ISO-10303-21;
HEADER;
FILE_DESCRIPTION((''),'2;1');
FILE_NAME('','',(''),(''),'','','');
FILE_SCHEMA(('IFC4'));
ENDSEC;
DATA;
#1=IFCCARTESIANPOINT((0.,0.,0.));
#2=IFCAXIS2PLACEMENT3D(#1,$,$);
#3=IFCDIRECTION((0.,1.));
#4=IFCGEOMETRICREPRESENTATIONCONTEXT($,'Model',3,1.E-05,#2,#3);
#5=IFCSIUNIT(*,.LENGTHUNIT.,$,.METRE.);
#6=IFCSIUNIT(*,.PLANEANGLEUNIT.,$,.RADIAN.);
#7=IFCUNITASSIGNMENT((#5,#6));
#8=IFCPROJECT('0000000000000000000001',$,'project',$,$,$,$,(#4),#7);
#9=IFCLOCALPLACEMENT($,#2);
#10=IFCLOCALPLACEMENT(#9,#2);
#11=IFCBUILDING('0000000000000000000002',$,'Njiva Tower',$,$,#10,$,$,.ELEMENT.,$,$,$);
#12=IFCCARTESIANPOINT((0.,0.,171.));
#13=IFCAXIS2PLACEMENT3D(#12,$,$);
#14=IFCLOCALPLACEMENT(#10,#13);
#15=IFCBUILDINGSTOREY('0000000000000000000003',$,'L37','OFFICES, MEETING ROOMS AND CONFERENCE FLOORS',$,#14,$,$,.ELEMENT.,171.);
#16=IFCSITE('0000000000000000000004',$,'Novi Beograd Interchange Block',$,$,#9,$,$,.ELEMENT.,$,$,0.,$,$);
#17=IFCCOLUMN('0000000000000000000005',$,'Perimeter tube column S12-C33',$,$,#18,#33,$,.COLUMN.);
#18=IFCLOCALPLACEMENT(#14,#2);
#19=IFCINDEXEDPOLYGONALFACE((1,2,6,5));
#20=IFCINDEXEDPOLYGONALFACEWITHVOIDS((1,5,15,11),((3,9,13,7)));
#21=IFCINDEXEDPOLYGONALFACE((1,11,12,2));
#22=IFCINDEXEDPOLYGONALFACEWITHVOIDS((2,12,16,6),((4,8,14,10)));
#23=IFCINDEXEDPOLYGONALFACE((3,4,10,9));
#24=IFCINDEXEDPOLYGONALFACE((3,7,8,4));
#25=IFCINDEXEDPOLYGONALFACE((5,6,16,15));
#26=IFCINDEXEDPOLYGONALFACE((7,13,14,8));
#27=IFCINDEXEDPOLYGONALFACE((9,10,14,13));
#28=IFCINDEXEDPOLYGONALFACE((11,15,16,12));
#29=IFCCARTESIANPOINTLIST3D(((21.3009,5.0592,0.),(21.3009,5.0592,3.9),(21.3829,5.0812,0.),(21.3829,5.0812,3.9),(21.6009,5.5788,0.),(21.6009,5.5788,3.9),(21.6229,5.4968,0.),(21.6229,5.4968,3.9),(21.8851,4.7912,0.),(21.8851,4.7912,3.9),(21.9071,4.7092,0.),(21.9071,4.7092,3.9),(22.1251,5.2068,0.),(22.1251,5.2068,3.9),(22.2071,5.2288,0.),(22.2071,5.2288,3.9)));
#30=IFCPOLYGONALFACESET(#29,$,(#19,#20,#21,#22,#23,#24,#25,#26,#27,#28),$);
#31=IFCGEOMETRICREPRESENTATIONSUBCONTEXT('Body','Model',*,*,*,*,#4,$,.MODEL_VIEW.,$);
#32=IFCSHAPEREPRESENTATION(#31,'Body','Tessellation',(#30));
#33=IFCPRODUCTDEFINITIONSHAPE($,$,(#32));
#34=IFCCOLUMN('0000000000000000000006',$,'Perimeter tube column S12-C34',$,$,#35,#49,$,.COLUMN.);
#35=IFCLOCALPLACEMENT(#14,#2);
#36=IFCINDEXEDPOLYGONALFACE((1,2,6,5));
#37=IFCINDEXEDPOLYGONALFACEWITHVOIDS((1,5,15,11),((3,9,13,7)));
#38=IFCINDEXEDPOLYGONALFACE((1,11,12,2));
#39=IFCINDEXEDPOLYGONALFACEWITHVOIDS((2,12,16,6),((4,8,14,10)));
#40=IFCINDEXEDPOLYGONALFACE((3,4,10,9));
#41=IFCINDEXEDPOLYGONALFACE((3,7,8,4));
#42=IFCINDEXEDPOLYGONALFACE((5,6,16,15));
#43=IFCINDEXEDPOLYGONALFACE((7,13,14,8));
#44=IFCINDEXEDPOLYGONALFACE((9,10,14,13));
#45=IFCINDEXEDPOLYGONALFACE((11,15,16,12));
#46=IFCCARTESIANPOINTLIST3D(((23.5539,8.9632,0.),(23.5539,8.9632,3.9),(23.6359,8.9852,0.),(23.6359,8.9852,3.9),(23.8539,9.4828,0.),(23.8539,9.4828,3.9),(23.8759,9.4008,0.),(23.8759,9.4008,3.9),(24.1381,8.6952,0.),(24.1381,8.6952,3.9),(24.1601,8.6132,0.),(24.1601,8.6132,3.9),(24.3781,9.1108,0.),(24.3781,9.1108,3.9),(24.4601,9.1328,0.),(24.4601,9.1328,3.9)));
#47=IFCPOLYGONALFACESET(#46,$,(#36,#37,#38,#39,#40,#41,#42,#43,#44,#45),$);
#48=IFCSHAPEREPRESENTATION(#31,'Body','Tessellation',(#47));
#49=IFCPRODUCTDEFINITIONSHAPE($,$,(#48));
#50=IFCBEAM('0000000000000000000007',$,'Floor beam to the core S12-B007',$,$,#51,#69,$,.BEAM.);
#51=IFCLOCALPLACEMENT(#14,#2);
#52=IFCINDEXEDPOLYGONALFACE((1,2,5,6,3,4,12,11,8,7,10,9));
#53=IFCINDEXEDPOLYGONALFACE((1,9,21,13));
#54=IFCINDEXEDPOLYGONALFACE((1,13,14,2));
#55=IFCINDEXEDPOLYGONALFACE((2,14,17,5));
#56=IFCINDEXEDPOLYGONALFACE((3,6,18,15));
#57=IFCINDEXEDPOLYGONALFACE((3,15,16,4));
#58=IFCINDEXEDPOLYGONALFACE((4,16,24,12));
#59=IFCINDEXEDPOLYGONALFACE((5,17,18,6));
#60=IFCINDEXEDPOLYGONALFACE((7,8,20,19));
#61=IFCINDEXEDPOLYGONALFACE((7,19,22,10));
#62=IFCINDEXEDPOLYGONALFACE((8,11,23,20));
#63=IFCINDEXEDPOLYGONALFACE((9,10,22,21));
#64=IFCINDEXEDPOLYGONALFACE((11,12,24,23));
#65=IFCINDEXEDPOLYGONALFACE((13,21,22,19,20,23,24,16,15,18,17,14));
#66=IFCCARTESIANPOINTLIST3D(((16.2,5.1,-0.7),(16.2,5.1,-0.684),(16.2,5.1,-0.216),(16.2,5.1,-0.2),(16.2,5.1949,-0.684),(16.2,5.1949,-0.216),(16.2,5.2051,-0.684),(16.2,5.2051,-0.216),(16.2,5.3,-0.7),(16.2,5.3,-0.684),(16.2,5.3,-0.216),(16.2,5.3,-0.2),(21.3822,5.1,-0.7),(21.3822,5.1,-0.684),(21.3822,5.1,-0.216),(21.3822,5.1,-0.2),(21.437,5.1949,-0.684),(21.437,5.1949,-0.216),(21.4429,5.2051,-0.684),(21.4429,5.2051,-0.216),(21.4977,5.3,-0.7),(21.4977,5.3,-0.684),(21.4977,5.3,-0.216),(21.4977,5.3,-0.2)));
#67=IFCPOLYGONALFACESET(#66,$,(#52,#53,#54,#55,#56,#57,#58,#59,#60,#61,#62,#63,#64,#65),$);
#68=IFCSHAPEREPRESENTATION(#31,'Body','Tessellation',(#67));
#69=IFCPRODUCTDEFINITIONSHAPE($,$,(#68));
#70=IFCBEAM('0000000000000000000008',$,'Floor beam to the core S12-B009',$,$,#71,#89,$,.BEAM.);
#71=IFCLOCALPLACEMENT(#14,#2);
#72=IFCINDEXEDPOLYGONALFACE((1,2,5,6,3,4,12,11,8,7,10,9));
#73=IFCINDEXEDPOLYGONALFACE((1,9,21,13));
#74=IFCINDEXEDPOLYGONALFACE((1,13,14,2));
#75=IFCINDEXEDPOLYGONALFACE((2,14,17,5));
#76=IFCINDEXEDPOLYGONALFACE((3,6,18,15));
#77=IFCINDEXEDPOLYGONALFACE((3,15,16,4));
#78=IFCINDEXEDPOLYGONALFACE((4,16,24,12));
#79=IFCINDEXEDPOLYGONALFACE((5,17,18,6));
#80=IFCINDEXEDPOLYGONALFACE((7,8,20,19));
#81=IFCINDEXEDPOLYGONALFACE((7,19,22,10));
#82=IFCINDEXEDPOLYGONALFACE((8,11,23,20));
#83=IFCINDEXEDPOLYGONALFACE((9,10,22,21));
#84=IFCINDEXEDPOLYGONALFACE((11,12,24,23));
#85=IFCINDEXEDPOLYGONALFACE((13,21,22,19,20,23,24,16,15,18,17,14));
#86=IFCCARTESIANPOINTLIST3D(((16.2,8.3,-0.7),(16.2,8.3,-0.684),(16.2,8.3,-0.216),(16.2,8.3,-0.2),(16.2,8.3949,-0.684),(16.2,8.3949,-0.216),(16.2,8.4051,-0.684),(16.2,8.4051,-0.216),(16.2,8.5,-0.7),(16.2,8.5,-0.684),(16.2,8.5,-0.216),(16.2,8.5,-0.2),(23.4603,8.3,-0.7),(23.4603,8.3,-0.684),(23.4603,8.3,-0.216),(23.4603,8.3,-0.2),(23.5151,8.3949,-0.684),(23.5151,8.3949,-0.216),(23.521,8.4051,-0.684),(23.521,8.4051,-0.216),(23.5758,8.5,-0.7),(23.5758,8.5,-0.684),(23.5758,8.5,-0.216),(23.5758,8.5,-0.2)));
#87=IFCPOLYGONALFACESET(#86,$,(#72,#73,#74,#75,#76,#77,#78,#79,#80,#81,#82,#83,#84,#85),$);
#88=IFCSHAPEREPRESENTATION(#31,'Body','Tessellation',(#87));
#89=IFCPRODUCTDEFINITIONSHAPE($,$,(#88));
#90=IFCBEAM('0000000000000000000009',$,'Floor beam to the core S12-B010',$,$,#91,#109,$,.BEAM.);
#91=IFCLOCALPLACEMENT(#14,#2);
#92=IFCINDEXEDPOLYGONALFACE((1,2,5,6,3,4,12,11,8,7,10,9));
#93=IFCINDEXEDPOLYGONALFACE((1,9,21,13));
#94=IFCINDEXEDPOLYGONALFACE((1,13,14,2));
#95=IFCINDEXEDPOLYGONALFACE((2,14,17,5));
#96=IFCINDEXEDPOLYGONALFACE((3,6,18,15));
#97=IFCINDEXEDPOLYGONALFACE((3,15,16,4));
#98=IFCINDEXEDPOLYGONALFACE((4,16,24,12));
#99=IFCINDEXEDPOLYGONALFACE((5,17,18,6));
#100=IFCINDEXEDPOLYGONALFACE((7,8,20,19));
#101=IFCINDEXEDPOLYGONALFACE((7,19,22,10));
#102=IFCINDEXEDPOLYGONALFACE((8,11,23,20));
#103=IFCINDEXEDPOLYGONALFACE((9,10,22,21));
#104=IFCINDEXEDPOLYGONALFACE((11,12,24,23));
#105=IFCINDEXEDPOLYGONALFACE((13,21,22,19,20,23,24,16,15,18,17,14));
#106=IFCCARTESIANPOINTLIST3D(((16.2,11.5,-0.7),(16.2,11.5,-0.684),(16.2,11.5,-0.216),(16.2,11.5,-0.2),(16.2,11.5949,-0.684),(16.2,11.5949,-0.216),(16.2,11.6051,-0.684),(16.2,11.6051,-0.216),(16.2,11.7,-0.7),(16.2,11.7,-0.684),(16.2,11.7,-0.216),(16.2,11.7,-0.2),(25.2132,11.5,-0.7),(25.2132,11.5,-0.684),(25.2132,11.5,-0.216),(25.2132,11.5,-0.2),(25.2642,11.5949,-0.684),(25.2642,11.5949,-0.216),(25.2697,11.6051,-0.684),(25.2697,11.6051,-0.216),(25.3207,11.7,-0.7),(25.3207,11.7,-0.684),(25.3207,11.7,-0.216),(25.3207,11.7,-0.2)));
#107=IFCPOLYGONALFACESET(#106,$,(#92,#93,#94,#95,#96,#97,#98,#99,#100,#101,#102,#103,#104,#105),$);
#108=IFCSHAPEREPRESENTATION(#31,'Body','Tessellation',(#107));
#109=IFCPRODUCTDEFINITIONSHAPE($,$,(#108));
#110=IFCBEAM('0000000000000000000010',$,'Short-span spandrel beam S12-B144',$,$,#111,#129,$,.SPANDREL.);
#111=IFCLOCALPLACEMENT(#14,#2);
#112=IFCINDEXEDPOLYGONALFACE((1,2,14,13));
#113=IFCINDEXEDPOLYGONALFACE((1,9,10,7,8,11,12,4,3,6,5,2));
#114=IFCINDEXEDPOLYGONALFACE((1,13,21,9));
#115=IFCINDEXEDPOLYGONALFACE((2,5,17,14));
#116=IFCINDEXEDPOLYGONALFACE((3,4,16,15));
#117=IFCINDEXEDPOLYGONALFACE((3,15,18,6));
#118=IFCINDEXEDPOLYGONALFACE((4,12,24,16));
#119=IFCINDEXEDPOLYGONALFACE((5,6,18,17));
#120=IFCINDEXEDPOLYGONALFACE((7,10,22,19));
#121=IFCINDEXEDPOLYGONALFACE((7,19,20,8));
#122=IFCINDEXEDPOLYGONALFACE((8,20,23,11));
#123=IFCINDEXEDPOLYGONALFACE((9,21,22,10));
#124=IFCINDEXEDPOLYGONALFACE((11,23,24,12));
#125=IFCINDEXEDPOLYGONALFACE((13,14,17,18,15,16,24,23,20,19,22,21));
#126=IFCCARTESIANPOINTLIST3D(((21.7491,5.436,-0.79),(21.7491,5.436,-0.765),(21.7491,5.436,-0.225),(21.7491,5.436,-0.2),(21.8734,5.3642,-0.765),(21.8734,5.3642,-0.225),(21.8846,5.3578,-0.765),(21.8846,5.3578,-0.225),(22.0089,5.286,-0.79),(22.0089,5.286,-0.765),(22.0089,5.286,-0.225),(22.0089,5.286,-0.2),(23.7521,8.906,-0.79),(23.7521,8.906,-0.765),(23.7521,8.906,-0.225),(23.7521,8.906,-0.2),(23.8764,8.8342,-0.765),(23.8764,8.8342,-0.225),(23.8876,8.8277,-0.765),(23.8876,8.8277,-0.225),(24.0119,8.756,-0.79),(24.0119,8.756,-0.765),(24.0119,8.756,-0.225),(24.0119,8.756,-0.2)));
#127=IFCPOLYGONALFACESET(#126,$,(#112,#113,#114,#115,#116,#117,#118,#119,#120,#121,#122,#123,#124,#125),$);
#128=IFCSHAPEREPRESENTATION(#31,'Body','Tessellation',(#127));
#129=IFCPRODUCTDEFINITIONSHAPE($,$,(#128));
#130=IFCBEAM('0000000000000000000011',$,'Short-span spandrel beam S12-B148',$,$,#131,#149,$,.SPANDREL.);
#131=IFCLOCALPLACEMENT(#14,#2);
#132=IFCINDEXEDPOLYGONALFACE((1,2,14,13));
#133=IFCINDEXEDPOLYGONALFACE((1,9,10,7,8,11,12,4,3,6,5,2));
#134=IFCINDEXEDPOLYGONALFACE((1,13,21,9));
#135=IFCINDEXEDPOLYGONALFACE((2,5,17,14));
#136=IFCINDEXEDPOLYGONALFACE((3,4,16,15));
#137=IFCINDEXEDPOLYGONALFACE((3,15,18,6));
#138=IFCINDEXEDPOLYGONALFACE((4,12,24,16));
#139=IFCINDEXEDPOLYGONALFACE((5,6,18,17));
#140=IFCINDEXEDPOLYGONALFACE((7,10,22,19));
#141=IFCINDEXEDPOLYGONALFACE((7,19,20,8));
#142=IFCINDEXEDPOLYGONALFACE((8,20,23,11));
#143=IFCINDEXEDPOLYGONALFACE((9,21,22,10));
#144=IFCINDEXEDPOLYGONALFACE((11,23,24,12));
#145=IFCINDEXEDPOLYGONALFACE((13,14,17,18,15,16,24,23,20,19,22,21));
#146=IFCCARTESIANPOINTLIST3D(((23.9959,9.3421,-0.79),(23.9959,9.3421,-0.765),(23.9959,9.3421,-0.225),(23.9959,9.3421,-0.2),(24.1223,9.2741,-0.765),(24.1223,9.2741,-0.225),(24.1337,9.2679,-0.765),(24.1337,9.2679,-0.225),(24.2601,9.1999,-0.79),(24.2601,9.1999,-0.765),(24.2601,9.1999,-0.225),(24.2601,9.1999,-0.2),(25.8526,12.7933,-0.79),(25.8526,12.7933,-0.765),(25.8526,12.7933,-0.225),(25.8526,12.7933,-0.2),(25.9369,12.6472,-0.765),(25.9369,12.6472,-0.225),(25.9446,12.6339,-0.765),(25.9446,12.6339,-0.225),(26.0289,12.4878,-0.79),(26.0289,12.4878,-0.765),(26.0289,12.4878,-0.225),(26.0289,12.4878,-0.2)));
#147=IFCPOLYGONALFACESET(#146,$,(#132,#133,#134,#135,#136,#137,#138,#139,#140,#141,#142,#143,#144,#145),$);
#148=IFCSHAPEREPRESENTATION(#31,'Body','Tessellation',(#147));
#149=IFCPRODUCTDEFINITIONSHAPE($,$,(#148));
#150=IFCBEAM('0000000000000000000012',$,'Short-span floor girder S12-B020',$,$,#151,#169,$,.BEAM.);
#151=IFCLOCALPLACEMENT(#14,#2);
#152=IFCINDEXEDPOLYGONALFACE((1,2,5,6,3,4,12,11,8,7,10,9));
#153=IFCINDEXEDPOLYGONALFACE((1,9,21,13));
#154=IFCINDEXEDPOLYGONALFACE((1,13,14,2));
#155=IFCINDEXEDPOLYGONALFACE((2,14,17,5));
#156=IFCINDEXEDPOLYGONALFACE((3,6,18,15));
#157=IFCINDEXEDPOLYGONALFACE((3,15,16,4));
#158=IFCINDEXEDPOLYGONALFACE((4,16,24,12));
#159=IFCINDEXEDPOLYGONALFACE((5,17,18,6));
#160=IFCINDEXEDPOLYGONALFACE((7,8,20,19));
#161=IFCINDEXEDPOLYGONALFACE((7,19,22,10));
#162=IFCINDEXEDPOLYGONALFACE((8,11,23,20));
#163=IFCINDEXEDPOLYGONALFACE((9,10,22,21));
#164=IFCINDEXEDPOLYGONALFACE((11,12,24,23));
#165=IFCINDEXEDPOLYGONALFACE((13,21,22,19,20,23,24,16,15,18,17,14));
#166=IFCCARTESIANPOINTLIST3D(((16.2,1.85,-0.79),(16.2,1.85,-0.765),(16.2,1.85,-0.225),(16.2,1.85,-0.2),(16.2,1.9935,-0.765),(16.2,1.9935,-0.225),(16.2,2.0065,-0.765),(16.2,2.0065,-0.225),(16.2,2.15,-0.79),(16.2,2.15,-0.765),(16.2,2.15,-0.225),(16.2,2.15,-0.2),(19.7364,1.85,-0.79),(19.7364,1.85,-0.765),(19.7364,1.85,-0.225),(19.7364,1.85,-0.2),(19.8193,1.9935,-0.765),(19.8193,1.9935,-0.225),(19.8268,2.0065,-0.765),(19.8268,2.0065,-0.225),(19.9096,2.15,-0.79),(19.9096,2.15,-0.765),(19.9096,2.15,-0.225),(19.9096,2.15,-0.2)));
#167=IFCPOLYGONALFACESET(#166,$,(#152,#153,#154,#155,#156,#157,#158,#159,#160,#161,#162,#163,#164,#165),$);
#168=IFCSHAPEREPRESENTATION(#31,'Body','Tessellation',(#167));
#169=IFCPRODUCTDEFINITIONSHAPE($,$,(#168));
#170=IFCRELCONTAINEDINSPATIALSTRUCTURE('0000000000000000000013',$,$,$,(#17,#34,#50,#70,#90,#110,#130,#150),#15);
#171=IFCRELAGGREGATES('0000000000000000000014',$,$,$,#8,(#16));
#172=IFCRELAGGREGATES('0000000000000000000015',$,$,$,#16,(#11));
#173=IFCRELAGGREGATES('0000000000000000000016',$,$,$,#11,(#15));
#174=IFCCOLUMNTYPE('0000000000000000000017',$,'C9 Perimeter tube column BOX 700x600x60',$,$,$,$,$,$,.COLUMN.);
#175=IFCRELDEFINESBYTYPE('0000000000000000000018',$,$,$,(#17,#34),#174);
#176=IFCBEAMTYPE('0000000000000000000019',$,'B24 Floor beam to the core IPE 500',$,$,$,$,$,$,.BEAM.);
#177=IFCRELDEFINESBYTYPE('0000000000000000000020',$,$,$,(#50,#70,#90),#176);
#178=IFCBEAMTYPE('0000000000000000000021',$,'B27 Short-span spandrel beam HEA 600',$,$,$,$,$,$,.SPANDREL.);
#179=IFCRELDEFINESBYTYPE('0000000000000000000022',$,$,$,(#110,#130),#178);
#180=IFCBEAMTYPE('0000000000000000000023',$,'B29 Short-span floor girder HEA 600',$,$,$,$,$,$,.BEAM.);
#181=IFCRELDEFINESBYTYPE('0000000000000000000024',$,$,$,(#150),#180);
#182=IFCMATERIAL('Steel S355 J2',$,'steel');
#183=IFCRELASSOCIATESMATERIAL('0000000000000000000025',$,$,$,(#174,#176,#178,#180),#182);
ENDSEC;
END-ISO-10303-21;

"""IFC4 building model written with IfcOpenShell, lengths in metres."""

from ifc_helpers import new_model, si_unit, direction, frame, origin, origin_2d, place, context, subcontext, project, spatial, hollow_rectangle, i_section, extrude, clip, halfspace, material, material_profile, profile_set, type_object, element, save


model = new_model("IFC4")

# Units and contexts
model_context = context("Model", 3, precision=1e-05, world=origin(), true_north=direction((0.0, 1.0)))
body_context = subcontext(model_context, "Body", "Model", "MODEL_VIEW")
ifc_project = project(units=[si_unit("LENGTHUNIT", "METRE"), si_unit("PLANEANGLEUNIT", "RADIAN")], contexts=[model_context])

# Site, building, storey
site_placement = place(None, origin())
site = spatial("IfcSite", under=ifc_project, at=site_placement, Name="Novi Beograd Interchange Block", CompositionType="ELEMENT", RefElevation=0.0)
building_placement = place(site_placement, origin())
building = spatial("IfcBuilding", under=site, at=building_placement, Name="Njiva Tower", CompositionType="ELEMENT")
storey_placement = place(building_placement, frame((0.0, 0.0, 171.0)))
storey = spatial("IfcBuildingStorey", under=building, at=storey_placement, Name="L37", Description="OFFICES, MEETING ROOMS AND CONFERENCE FLOORS", CompositionType="ELEMENT", Elevation=171.0)

# Columns
ifc_material_1 = material(Name="Steel S355 J2", Category="steel")
ifc_material_profile_1 = material_profile(ifc_material_1, hollow_rectangle(XDim=0.6, YDim=0.7, WallThickness=0.06, at=origin_2d()), Name="BOX 700x600x60")
ifc_profile_set_1 = profile_set([ifc_material_profile_1], Name="Steel S355 J2")
column_type = type_object("IfcColumnType", Name="C9 Perimeter tube column BOX 700x600x60", PredefinedType="COLUMN", material=ifc_profile_set_1)
for number, where, z_axis, x_axis, name in (
    (1, (21.754, 5.144, 0.0), (0.0, 0.0, 1.0), (0.5, 0.866025, 0.0), "Perimeter tube column S12-C33"),
    (2, (24.007, 9.048, 0.0), (0.0, 0.0, 1.0), (0.5, 0.866025, 0.0), "Perimeter tube column S12-C34"),
):
    element("IfcColumn", number, at=place(storey_placement, frame(where, z_axis=z_axis, x_axis=x_axis)), inside=storey, type_object=column_type, Name=name, PredefinedType="COLUMN", context=body_context, shape_type="SweptSolid", body=[
        extrude(hollow_rectangle(XDim=0.6, YDim=0.7, WallThickness=0.06, at=origin_2d()), origin(), (0.0, 0.0, 1.0), 3.9),
    ])

# Beams
ifc_material_profile_2 = material_profile(ifc_material_1, i_section(OverallWidth=0.2, OverallDepth=0.5, WebThickness=0.0102, FlangeThickness=0.016, at=origin_2d()), Name="IPE 500")
ifc_profile_set_2 = profile_set([ifc_material_profile_2], Name="Steel S355 J2")
beam_type_1 = type_object("IfcBeamType", Name="B24 Floor beam to the core IPE 500", PredefinedType="BEAM", material=ifc_profile_set_2)
beam_1_placement = place(storey_placement, frame((16.2, 5.2, -0.45), z_axis=(1.0, 0.0, 0.0), x_axis=(0.0, 1.0, 0.0)))
element("IfcBeam", 3, at=beam_1_placement, inside=storey, type_object=beam_type_1, Name="Floor beam to the core S12-B007", PredefinedType="BEAM", context=body_context, shape_type="Clipping", body=[
    clip(extrude(i_section(OverallWidth=0.2, OverallDepth=0.5, WebThickness=0.0102, FlangeThickness=0.016, at=origin_2d()), origin(), (0.0, 0.0, 1.0), 5.318), halfspace(frame((-0.025, 0.0, 5.2255), z_axis=(-0.499998, 0.0, 0.866027), x_axis=(0.0, 1.0, 0.0)), False)),
])
beam_2_placement = place(storey_placement, frame((16.2, 8.4, -0.45), z_axis=(1.0, 0.0, 0.0), x_axis=(0.0, 1.0, 0.0)))
element("IfcBeam", 4, at=beam_2_placement, inside=storey, type_object=beam_type_1, Name="Floor beam to the core S12-B009", PredefinedType="BEAM", context=body_context, shape_type="Clipping", body=[
    clip(extrude(i_section(OverallWidth=0.2, OverallDepth=0.5, WebThickness=0.0102, FlangeThickness=0.016, at=origin_2d()), origin(), (0.0, 0.0, 1.0), 7.396), halfspace(frame((-0.025, 0.0, 7.3036), z_axis=(-0.499998, 0.0, 0.866027), x_axis=(0.0, 1.0, 0.0)), False)),
])
beam_3_placement = place(storey_placement, frame((16.2, 11.6, -0.45), z_axis=(1.0, 0.0, 0.0), x_axis=(0.0, 1.0, 0.0)))
element("IfcBeam", 5, at=beam_3_placement, inside=storey, type_object=beam_type_1, Name="Floor beam to the core S12-B010", PredefinedType="BEAM", context=body_context, shape_type="Clipping", body=[
    clip(extrude(i_section(OverallWidth=0.2, OverallDepth=0.5, WebThickness=0.0102, FlangeThickness=0.016, at=origin_2d()), origin(), (0.0, 0.0, 1.0), 9.141), halfspace(frame((-0.0237, 0.0, 9.0542), z_axis=(-0.473769, 0.0, 0.880649), x_axis=(0.0, 1.0, 0.0)), False)),
])
ifc_material_profile_3 = material_profile(ifc_material_1, i_section(OverallWidth=0.3, OverallDepth=0.59, WebThickness=0.013, FlangeThickness=0.025, at=origin_2d()), Name="HEA 600")
ifc_profile_set_3 = profile_set([ifc_material_profile_3], Name="Steel S355 J2")
beam_type_2 = type_object("IfcBeamType", Name="B27 Short-span spandrel beam HEA 600", PredefinedType="SPANDREL", material=ifc_profile_set_3)
beam_4_placement = place(storey_placement, frame((21.879, 5.361, -0.495), z_axis=(0.499924, 0.866069, 0.0), x_axis=(-0.866069, 0.499924, 0.0)))
element("IfcBeam", 6, at=beam_4_placement, inside=storey, type_object=beam_type_2, Name="Short-span spandrel beam S12-B144", PredefinedType="SPANDREL", context=body_context, shape_type="SweptSolid", body=[
    extrude(i_section(OverallWidth=0.3, OverallDepth=0.59, WebThickness=0.013, FlangeThickness=0.025, at=origin_2d()), origin(), (0.0, 0.0, 1.0), 4.0066),
])
beam_5_placement = place(storey_placement, frame((24.128, 9.271, -0.495), z_axis=(0.473773, 0.880647, 0.0), x_axis=(-0.880647, 0.473773, 0.0)))
element("IfcBeam", 7, at=beam_5_placement, inside=storey, type_object=beam_type_2, Name="Short-span spandrel beam S12-B148", PredefinedType="SPANDREL", context=body_context, shape_type="Clipping", body=[
    clip(extrude(i_section(OverallWidth=0.3, OverallDepth=0.59, WebThickness=0.013, FlangeThickness=0.025, at=origin_2d()), origin(), (0.0, 0.0, 1.0), 3.9397), halfspace(frame((-0.0259, 0.0, 3.8102), z_axis=(-0.525779, 0.0, 0.850621), x_axis=(0.0, 1.0, 0.0)), False)),
])
ifc_material_profile_4 = material_profile(ifc_material_1, i_section(OverallWidth=0.3, OverallDepth=0.59, WebThickness=0.013, FlangeThickness=0.025, at=origin_2d()), Name="HEA 600")
ifc_profile_set_4 = profile_set([ifc_material_profile_4], Name="Steel S355 J2")
beam_type_3 = type_object("IfcBeamType", Name="B29 Short-span floor girder HEA 600", PredefinedType="BEAM", material=ifc_profile_set_4)
beam_6_placement = place(storey_placement, frame((16.2, 2.0, -0.495), z_axis=(1.0, 0.0, 0.0), x_axis=(0.0, 1.0, 0.0)))
element("IfcBeam", 8, at=beam_6_placement, inside=storey, type_object=beam_type_3, Name="Short-span floor girder S12-B020", PredefinedType="BEAM", context=body_context, shape_type="Clipping", body=[
    clip(extrude(i_section(OverallWidth=0.3, OverallDepth=0.59, WebThickness=0.013, FlangeThickness=0.025, at=origin_2d()), origin(), (0.0, 0.0, 1.0), 3.73), halfspace(frame((-0.025, 0.0, 3.6086), z_axis=(-0.499998, 0.0, 0.866027), x_axis=(0.0, 1.0, 0.0)), False)),
])

save(model, "model.ifc")
